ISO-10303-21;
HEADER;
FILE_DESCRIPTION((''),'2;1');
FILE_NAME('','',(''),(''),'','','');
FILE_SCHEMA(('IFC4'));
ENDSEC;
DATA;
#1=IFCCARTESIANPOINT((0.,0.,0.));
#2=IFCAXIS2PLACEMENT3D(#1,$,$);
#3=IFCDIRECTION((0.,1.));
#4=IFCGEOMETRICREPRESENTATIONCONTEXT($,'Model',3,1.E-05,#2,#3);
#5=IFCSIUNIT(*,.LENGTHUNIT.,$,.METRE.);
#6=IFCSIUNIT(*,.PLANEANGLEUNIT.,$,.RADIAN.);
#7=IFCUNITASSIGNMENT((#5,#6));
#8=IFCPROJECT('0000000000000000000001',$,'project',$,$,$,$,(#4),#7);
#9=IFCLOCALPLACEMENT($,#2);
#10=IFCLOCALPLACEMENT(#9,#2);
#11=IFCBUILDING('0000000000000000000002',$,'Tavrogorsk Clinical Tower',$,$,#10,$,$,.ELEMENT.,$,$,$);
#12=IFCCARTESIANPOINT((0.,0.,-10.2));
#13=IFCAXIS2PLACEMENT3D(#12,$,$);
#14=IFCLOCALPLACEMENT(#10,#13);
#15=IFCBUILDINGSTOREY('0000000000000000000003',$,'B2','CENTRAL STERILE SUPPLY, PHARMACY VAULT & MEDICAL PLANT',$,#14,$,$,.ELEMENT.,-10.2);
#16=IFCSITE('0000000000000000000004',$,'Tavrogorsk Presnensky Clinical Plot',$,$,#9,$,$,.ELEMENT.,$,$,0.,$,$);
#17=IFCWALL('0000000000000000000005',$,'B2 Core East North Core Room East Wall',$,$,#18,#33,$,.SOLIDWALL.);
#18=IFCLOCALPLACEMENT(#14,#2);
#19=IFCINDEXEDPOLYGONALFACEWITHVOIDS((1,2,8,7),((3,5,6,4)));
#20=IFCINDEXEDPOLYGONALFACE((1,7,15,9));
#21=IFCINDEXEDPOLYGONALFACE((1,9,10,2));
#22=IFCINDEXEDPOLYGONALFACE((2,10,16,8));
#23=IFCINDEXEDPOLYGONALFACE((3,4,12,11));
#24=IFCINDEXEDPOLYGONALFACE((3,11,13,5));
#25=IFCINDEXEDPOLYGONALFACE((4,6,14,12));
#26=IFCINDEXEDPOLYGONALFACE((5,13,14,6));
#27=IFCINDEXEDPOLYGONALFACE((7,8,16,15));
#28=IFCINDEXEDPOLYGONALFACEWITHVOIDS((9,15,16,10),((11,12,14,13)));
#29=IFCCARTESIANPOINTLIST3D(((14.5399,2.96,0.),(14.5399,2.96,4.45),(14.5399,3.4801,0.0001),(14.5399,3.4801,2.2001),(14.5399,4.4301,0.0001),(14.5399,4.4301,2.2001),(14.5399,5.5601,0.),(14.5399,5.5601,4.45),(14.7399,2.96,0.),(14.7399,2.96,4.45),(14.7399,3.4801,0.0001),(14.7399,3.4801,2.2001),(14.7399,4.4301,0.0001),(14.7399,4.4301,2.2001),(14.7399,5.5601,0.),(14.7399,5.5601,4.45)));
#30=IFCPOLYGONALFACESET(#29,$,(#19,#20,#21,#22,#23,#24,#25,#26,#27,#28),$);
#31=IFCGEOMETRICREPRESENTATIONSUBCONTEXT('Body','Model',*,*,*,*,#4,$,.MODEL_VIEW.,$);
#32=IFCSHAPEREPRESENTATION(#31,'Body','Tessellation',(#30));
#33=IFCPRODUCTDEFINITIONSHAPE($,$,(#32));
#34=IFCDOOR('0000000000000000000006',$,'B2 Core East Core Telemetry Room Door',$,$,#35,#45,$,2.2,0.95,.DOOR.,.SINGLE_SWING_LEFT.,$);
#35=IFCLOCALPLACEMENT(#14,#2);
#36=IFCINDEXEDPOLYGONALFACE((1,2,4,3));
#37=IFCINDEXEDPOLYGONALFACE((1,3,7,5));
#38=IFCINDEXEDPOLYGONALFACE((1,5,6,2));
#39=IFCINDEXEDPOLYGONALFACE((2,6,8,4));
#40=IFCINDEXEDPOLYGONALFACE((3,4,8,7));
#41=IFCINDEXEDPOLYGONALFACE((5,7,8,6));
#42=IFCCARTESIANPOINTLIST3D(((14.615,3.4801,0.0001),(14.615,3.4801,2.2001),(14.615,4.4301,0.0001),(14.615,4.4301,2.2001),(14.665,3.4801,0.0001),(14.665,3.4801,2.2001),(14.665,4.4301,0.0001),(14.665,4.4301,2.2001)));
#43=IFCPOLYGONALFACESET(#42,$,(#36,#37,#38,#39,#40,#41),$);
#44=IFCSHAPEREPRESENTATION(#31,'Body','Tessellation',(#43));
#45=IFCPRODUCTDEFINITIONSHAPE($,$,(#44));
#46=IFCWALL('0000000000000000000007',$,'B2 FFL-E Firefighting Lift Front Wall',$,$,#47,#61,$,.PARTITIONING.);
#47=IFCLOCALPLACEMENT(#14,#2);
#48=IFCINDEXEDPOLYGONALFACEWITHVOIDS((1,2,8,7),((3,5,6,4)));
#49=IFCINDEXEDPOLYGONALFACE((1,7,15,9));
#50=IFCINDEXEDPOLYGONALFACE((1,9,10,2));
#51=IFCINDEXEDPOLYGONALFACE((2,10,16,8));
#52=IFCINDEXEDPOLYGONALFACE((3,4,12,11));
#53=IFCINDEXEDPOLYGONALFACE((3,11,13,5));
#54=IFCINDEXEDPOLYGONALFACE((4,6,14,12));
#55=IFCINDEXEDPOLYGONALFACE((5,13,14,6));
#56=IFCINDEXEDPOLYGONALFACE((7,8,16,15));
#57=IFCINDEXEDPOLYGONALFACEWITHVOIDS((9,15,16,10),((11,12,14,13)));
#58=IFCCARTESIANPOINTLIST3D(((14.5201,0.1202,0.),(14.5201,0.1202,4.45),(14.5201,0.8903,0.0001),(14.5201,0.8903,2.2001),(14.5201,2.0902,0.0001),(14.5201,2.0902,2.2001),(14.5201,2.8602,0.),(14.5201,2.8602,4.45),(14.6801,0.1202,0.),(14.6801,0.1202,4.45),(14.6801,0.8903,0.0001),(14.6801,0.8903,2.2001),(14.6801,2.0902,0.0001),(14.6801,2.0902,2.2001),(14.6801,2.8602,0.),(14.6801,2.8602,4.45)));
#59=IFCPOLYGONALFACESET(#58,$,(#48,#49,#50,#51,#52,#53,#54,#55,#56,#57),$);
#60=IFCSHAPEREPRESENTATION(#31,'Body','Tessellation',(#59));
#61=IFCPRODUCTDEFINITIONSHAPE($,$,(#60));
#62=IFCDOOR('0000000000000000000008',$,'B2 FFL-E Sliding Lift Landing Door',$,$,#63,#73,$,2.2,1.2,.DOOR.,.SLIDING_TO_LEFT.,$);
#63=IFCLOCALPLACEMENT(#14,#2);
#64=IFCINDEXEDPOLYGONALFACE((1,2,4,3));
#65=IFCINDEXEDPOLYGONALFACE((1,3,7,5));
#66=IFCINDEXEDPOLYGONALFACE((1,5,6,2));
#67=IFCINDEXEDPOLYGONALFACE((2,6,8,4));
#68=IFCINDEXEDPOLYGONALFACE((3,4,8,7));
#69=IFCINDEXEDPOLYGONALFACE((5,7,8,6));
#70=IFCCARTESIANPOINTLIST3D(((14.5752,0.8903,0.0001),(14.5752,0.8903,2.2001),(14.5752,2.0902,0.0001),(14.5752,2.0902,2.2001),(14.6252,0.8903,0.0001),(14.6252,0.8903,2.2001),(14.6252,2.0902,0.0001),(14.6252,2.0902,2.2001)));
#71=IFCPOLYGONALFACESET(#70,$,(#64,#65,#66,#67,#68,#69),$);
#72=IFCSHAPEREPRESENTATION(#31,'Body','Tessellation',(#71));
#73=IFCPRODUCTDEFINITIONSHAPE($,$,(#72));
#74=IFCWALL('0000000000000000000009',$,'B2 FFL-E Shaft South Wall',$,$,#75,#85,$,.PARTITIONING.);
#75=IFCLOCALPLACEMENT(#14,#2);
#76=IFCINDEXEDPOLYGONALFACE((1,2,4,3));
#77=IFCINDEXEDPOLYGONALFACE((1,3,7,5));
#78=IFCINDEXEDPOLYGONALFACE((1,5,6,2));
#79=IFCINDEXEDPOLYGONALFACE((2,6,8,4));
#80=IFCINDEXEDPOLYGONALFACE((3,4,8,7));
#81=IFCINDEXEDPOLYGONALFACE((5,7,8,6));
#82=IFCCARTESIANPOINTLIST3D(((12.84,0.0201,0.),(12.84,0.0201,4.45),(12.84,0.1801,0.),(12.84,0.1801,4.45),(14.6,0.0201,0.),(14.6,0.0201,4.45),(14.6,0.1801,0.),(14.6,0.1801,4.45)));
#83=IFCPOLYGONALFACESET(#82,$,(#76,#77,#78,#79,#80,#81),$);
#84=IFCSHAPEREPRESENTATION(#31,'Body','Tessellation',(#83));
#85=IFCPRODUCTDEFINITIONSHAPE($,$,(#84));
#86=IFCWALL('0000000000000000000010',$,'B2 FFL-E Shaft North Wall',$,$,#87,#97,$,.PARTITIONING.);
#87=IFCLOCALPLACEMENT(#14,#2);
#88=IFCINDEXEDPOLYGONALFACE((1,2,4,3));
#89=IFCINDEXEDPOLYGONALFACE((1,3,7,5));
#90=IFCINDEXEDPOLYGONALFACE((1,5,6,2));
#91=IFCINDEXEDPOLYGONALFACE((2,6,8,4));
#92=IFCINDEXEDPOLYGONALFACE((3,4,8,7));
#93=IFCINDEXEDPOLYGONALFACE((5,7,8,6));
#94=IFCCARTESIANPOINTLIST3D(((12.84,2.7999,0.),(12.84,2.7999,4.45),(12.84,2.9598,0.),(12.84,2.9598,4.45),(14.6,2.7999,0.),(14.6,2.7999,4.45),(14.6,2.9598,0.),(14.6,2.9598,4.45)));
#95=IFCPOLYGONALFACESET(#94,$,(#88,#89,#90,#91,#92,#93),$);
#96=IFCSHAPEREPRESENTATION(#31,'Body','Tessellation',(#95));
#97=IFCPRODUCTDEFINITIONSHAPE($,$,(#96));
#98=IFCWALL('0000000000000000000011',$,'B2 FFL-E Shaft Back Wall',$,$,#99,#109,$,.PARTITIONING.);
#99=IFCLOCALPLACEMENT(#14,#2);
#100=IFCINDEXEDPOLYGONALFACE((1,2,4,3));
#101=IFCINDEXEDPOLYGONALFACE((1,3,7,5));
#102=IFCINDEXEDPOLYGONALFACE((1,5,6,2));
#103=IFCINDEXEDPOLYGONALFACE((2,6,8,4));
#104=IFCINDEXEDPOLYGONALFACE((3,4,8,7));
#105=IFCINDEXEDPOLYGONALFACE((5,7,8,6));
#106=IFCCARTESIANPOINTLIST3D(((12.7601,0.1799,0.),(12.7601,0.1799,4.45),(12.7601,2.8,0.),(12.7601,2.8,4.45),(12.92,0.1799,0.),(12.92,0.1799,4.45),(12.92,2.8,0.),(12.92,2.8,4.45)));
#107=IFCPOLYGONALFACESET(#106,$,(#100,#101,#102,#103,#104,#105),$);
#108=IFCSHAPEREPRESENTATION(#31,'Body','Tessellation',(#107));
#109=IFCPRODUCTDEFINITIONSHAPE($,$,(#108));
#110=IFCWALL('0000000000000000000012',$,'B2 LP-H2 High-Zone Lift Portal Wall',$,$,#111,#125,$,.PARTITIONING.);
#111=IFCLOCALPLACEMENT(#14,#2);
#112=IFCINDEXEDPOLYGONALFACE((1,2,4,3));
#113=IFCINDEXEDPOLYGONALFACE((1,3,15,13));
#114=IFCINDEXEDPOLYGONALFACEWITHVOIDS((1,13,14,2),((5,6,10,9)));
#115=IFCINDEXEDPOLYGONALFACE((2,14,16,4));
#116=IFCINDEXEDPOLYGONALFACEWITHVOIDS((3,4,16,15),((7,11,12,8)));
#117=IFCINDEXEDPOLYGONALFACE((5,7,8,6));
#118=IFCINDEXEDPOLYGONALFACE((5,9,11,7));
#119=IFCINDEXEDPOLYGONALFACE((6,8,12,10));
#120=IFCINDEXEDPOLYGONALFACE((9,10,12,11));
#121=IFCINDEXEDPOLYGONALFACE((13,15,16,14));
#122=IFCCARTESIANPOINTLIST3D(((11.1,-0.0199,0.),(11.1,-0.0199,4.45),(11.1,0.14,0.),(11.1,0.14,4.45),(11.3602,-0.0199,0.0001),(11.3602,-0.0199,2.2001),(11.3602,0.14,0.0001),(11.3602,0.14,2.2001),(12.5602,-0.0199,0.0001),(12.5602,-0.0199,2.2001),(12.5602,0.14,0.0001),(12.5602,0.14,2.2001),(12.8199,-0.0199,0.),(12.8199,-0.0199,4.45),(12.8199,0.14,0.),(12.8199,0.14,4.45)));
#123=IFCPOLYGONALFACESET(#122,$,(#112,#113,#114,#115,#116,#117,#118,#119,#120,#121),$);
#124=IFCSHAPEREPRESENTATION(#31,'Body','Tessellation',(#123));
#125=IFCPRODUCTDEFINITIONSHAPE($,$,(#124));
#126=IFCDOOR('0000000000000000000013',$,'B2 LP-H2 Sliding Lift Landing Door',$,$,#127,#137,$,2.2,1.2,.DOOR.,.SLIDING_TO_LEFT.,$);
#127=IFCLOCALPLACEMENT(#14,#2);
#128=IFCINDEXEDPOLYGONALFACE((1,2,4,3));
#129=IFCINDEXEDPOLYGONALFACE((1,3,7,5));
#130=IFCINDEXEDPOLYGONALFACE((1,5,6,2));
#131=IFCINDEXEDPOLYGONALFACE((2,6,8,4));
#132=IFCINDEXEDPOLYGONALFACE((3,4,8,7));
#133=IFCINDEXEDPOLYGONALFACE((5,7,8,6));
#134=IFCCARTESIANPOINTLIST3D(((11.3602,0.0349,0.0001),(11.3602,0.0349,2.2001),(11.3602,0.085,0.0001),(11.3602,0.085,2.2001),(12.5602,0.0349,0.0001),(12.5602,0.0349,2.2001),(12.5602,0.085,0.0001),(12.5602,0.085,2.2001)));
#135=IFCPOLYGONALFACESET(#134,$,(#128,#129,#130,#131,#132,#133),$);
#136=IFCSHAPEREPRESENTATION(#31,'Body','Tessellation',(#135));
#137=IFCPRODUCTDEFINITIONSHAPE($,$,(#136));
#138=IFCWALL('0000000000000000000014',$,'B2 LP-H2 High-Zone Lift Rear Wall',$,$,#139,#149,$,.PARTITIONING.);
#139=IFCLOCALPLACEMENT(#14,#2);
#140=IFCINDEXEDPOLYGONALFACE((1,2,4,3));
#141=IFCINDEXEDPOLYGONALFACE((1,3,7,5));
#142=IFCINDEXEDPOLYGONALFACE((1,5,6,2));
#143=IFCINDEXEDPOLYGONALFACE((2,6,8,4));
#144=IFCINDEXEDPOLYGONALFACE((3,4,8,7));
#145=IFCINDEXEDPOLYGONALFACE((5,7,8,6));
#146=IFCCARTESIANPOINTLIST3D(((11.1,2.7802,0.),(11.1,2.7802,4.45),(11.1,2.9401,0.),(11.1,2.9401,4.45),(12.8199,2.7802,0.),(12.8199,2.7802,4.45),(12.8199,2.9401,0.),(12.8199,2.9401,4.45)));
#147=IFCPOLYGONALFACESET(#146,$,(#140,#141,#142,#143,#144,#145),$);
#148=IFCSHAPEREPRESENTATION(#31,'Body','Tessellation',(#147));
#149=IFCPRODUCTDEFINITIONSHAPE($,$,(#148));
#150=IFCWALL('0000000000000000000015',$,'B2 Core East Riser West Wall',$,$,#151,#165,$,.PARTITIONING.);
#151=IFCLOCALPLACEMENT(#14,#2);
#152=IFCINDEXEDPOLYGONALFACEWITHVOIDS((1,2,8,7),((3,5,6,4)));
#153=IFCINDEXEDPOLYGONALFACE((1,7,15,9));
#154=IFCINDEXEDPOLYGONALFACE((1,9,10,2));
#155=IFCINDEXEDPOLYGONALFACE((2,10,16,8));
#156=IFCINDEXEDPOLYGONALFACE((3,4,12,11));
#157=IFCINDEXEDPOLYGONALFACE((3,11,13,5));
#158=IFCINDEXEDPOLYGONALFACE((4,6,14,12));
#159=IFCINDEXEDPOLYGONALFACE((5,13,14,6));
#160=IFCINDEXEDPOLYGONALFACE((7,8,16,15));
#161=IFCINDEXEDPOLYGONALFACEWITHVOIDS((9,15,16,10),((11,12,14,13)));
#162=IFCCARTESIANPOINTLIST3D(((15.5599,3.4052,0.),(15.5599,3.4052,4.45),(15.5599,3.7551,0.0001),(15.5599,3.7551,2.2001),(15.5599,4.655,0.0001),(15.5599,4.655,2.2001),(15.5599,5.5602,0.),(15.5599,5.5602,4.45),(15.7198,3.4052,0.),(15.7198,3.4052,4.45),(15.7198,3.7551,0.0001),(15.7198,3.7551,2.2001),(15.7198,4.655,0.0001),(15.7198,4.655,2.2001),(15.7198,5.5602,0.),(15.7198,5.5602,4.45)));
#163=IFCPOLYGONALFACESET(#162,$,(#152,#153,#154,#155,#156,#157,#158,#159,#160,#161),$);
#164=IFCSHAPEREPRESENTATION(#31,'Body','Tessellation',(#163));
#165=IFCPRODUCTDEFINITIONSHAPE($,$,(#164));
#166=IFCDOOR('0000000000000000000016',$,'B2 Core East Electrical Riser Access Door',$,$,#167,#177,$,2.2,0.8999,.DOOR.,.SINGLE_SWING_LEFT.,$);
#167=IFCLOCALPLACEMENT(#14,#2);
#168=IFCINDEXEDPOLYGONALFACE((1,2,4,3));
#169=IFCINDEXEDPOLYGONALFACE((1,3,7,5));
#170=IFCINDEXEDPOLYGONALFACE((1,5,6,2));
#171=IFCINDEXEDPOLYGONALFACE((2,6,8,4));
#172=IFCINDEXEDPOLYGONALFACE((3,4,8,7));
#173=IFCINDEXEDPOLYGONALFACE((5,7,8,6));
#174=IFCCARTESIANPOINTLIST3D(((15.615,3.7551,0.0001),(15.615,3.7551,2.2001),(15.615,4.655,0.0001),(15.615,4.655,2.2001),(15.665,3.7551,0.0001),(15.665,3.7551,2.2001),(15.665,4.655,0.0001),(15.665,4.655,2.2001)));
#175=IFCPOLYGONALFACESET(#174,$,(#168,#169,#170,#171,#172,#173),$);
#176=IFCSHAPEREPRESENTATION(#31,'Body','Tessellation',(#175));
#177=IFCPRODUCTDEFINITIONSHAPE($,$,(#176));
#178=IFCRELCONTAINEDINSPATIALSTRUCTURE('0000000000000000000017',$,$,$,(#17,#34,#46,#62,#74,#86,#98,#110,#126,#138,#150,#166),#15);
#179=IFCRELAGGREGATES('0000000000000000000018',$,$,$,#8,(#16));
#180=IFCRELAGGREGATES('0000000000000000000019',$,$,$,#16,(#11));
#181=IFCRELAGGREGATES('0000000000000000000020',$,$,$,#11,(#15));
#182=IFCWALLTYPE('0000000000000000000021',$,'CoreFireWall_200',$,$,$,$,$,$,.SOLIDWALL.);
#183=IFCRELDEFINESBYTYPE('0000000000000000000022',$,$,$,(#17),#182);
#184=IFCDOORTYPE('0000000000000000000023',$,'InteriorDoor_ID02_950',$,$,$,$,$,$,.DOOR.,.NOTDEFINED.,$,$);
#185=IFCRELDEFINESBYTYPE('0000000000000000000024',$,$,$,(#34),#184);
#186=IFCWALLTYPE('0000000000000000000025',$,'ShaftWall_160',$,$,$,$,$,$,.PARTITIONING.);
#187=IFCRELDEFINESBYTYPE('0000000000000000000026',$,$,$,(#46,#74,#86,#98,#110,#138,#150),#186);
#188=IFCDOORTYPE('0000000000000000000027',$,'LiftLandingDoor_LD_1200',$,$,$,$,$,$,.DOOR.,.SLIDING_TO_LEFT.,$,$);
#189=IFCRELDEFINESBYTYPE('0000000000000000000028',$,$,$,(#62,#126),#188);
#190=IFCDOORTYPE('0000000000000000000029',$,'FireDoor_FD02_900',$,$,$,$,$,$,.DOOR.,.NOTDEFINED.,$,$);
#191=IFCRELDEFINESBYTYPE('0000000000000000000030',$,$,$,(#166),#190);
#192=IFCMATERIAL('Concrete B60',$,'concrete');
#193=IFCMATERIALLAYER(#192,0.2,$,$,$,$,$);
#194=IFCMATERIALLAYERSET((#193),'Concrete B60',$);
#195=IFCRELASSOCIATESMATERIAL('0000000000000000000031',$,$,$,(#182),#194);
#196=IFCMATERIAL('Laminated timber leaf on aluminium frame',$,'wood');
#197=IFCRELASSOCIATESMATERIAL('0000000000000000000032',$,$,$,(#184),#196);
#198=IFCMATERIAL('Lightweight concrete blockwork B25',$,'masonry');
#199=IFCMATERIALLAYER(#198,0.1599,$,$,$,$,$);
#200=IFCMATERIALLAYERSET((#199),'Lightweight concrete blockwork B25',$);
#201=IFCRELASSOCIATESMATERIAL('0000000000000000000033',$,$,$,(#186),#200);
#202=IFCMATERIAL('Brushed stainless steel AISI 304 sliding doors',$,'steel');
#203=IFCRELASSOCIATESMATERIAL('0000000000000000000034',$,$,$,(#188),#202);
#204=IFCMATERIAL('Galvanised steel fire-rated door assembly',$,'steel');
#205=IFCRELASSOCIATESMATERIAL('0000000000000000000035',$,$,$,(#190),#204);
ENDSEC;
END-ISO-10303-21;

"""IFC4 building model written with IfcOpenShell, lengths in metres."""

from ifc_helpers import new_model, si_unit, direction, frame, frame_2d, origin, place, context, subcontext, project, spatial, rectangle, extrude, material, layer, layer_set, type_object, element, fill, save


model = new_model("IFC4")

# Units and contexts
model_context = context("Model", 3, precision=1e-05, world=origin(), true_north=direction((0.0, 1.0)))
body_context = subcontext(model_context, "Body", "Model", "MODEL_VIEW")
ifc_project = project(units=[si_unit("LENGTHUNIT", "METRE"), si_unit("PLANEANGLEUNIT", "RADIAN")], contexts=[model_context])

# Site, building, storey
site_placement = place(None, origin())
site = spatial("IfcSite", under=ifc_project, at=site_placement, Name="Tavrogorsk Presnensky Clinical Plot", CompositionType="ELEMENT", RefElevation=0.0)
building_placement = place(site_placement, origin())
building = spatial("IfcBuilding", under=site, at=building_placement, Name="Tavrogorsk Clinical Tower", CompositionType="ELEMENT")
storey_placement = place(building_placement, frame((0.0, 0.0, -10.2)))
storey = spatial("IfcBuildingStorey", under=building, at=storey_placement, Name="B2", Description="CENTRAL STERILE SUPPLY, PHARMACY VAULT & MEDICAL PLANT", CompositionType="ELEMENT", Elevation=-10.2)

# Walls, openings, doors
ifc_material_1 = material(Name="Concrete B60", Category="concrete")
ifc_layer_1 = layer(ifc_material_1, 0.2)
ifc_layer_set_1 = layer_set([ifc_layer_1], Name="Concrete B60")
wall_type_1 = type_object("IfcWallType", Name="CoreFireWall_200", PredefinedType="SOLIDWALL", material=ifc_layer_set_1)
wall_1_placement = place(storey_placement, frame((14.6399, 2.96, 0.0), z_axis=(0.0, 0.0, 1.0), x_axis=(0.0, 1.0, 0.0)))
wall_1 = element("IfcWall", 1, at=wall_1_placement, inside=storey, type_object=wall_type_1, Name="B2 Core East North Core Room East Wall", PredefinedType="SOLIDWALL", context=body_context, shape_type="SweptSolid", body=[
    extrude(rectangle(XDim=2.6001, YDim=0.2, at=frame_2d((1.3, 0.0))), origin(), (0.0, 0.0, 1.0), 4.45),
])
opening_1_placement = place(wall_1_placement, frame((0.52, 0.0, 0.0)))
opening_1 = element("IfcOpeningElement", 2, at=opening_1_placement, cuts=wall_1, PredefinedType="OPENING", context=body_context, shape_type="SweptSolid", body=[
    extrude(rectangle(XDim=0.95, YDim=2.2, at=frame_2d((0.4751, 1.1001))), frame((0.0, 0.1099, 0.0), z_axis=(0.0, -1.0, 0.0), x_axis=(1.0, 0.0, 0.0)), (0.0, 0.0, 1.0), 0.22),
])
ifc_material_2 = material(Name="Laminated timber leaf on aluminium frame", Category="wood")
door_type_1 = type_object("IfcDoorType", Name="InteriorDoor_ID02_950", OperationType="NOTDEFINED", PredefinedType="DOOR", material=ifc_material_2)
door_1_placement = place(opening_1_placement, origin())
door_1 = element("IfcDoor", 3, at=door_1_placement, inside=storey, type_object=door_type_1, Name="B2 Core East Core Telemetry Room Door", OperationType="SINGLE_SWING_LEFT", OverallHeight=2.2, OverallWidth=0.95, PredefinedType="DOOR", context=body_context, shape_type="SweptSolid", body=[
    extrude(rectangle(XDim=0.95, YDim=2.2, at=frame_2d((0.4751, 1.1001))), frame((0.0, 0.0249, 0.0), z_axis=(0.0, -1.0, 0.0), x_axis=(1.0, 0.0, 0.0)), (0.0, 0.0, 1.0), 0.05),
])
fill(opening_1, door_1)
ifc_material_3 = material(Name="Lightweight concrete blockwork B25", Category="masonry")
ifc_layer_2 = layer(ifc_material_3, 0.1599)
ifc_layer_set_2 = layer_set([ifc_layer_2], Name="Lightweight concrete blockwork B25")
wall_type_2 = type_object("IfcWallType", Name="ShaftWall_160", PredefinedType="PARTITIONING", material=ifc_layer_set_2)
wall_2_placement = place(storey_placement, frame((14.6001, 0.1201, 0.0), z_axis=(0.0, 0.0, 1.0), x_axis=(0.0, 1.0, 0.0)))
wall_2 = element("IfcWall", 4, at=wall_2_placement, inside=storey, type_object=wall_type_2, Name="B2 FFL-E Firefighting Lift Front Wall", PredefinedType="PARTITIONING", context=body_context, shape_type="SweptSolid", body=[
    extrude(rectangle(XDim=2.74, YDim=0.1599, at=frame_2d((1.3701, 0.0))), origin(), (0.0, 0.0, 1.0), 4.45),
])
opening_2_placement = place(wall_2_placement, frame((0.77, 0.0, 0.0)))
opening_2 = element("IfcOpeningElement", 5, at=opening_2_placement, cuts=wall_2, PredefinedType="OPENING", context=body_context, shape_type="SweptSolid", body=[
    extrude(rectangle(XDim=1.2, YDim=2.2, at=frame_2d((0.6001, 1.1001))), frame((0.0, 0.0898, 0.0), z_axis=(0.0, -1.0, 0.0), x_axis=(1.0, 0.0, 0.0)), (0.0, 0.0, 1.0), 0.1799),
])
ifc_material_4 = material(Name="Brushed stainless steel AISI 304 sliding doors", Category="steel")
door_type_2 = type_object("IfcDoorType", Name="LiftLandingDoor_LD_1200", OperationType="SLIDING_TO_LEFT", PredefinedType="DOOR", material=ifc_material_4)
door_2_placement = place(opening_2_placement, origin())
door_2 = element("IfcDoor", 6, at=door_2_placement, inside=storey, type_object=door_type_2, Name="B2 FFL-E Sliding Lift Landing Door", OperationType="SLIDING_TO_LEFT", OverallHeight=2.2, OverallWidth=1.2, PredefinedType="DOOR", context=body_context, shape_type="SweptSolid", body=[
    extrude(rectangle(XDim=1.2, YDim=2.2, at=frame_2d((0.6001, 1.1001))), frame((0.0, 0.0249, 0.0), z_axis=(0.0, -1.0, 0.0), x_axis=(1.0, 0.0, 0.0)), (0.0, 0.0, 1.0), 0.05),
])
fill(opening_2, door_2)

# Walls
for number, where, z_axis, x_axis, name in (
    (7, (12.8401, 0.1001, 0.0), (0.0, 0.0, 1.0), (1.0, 0.0, 0.0), "B2 FFL-E Shaft South Wall"),
    (8, (12.8401, 2.8799, 0.0), (0.0, 0.0, 1.0), (1.0, 0.0, 0.0), "B2 FFL-E Shaft North Wall"),
):
    element("IfcWall", number, at=place(storey_placement, frame(where, z_axis=z_axis, x_axis=x_axis)), inside=storey, type_object=wall_type_2, Name=name, PredefinedType="PARTITIONING", context=body_context, shape_type="SweptSolid", body=[
        extrude(rectangle(XDim=1.76, YDim=0.1599, at=frame_2d((0.8799, 0.0))), origin(), (0.0, 0.0, 1.0), 4.45),
    ])
wall_3_placement = place(storey_placement, frame((12.8401, 0.1799, 0.0), z_axis=(0.0, 0.0, 1.0), x_axis=(0.0, 1.0, 0.0)))
element("IfcWall", 9, at=wall_3_placement, inside=storey, type_object=wall_type_2, Name="B2 FFL-E Shaft Back Wall", PredefinedType="PARTITIONING", context=body_context, shape_type="SweptSolid", body=[
    extrude(rectangle(XDim=2.6201, YDim=0.1599, at=frame_2d((1.3101, 0.0))), origin(), (0.0, 0.0, 1.0), 4.45),
])

# Wall, opening, door
wall_4_placement = place(storey_placement, frame((11.1001, 0.0601, 0.0), z_axis=(0.0, 0.0, 1.0), x_axis=(1.0, 0.0, 0.0)))
wall_4 = element("IfcWall", 10, at=wall_4_placement, inside=storey, type_object=wall_type_2, Name="B2 LP-H2 High-Zone Lift Portal Wall", PredefinedType="PARTITIONING", context=body_context, shape_type="SweptSolid", body=[
    extrude(rectangle(XDim=1.72, YDim=0.1599, at=frame_2d((0.8599, 0.0))), origin(), (0.0, 0.0, 1.0), 4.45),
])
opening_3_placement = place(wall_4_placement, frame((0.26, 0.0, 0.0)))
opening_3 = element("IfcOpeningElement", 11, at=opening_3_placement, cuts=wall_4, PredefinedType="OPENING", context=body_context, shape_type="SweptSolid", body=[
    extrude(rectangle(XDim=1.2, YDim=2.2, at=frame_2d((0.6001, 1.1001))), frame((0.0, 0.0898, 0.0), z_axis=(0.0, -1.0, 0.0), x_axis=(1.0, 0.0, 0.0)), (0.0, 0.0, 1.0), 0.1799),
])
door_3_placement = place(opening_3_placement, origin())
door_3 = element("IfcDoor", 12, at=door_3_placement, inside=storey, type_object=door_type_2, Name="B2 LP-H2 Sliding Lift Landing Door", OperationType="SLIDING_TO_LEFT", OverallHeight=2.2, OverallWidth=1.2, PredefinedType="DOOR", context=body_context, shape_type="SweptSolid", body=[
    extrude(rectangle(XDim=1.2, YDim=2.2, at=frame_2d((0.6001, 1.1001))), frame((0.0, 0.0249, 0.0), z_axis=(0.0, -1.0, 0.0), x_axis=(1.0, 0.0, 0.0)), (0.0, 0.0, 1.0), 0.05),
])
fill(opening_3, door_3)

# Wall
wall_5_placement = place(storey_placement, frame((11.1001, 2.8601, 0.0), z_axis=(0.0, 0.0, 1.0), x_axis=(1.0, 0.0, 0.0)))
element("IfcWall", 13, at=wall_5_placement, inside=storey, type_object=wall_type_2, Name="B2 LP-H2 High-Zone Lift Rear Wall", PredefinedType="PARTITIONING", context=body_context, shape_type="SweptSolid", body=[
    extrude(rectangle(XDim=1.72, YDim=0.1599, at=frame_2d((0.8599, 0.0))), origin(), (0.0, 0.0, 1.0), 4.45),
])

# Wall, opening, door
wall_6_placement = place(storey_placement, frame((15.6399, 3.405, 0.0), z_axis=(0.0, 0.0, 1.0), x_axis=(0.0, 1.0, 0.0)))
wall_6 = element("IfcWall", 14, at=wall_6_placement, inside=storey, type_object=wall_type_2, Name="B2 Core East Riser West Wall", PredefinedType="PARTITIONING", context=body_context, shape_type="SweptSolid", body=[
    extrude(rectangle(XDim=2.155, YDim=0.1599, at=frame_2d((1.0776, 0.0))), origin(), (0.0, 0.0, 1.0), 4.45),
])
opening_4_placement = place(wall_6_placement, frame((0.3501, 0.0, 0.0)))
opening_4 = element("IfcOpeningElement", 15, at=opening_4_placement, cuts=wall_6, PredefinedType="OPENING", context=body_context, shape_type="SweptSolid", body=[
    extrude(rectangle(XDim=0.8999, YDim=2.2, at=frame_2d((0.45, 1.1001))), frame((0.0, 0.0898, 0.0), z_axis=(0.0, -1.0, 0.0), x_axis=(1.0, 0.0, 0.0)), (0.0, 0.0, 1.0), 0.1799),
])
ifc_material_5 = material(Name="Galvanised steel fire-rated door assembly", Category="steel")
door_type_3 = type_object("IfcDoorType", Name="FireDoor_FD02_900", OperationType="NOTDEFINED", PredefinedType="DOOR", material=ifc_material_5)
door_4_placement = place(opening_4_placement, origin())
door_4 = element("IfcDoor", 16, at=door_4_placement, inside=storey, type_object=door_type_3, Name="B2 Core East Electrical Riser Access Door", OperationType="SINGLE_SWING_LEFT", OverallHeight=2.2, OverallWidth=0.8999, PredefinedType="DOOR", context=body_context, shape_type="SweptSolid", body=[
    extrude(rectangle(XDim=0.8999, YDim=2.2, at=frame_2d((0.45, 1.1001))), frame((0.0, 0.0249, 0.0), z_axis=(0.0, -1.0, 0.0), x_axis=(1.0, 0.0, 0.0)), (0.0, 0.0, 1.0), 0.05),
])
fill(opening_4, door_4)

save(model, "model.ifc")
